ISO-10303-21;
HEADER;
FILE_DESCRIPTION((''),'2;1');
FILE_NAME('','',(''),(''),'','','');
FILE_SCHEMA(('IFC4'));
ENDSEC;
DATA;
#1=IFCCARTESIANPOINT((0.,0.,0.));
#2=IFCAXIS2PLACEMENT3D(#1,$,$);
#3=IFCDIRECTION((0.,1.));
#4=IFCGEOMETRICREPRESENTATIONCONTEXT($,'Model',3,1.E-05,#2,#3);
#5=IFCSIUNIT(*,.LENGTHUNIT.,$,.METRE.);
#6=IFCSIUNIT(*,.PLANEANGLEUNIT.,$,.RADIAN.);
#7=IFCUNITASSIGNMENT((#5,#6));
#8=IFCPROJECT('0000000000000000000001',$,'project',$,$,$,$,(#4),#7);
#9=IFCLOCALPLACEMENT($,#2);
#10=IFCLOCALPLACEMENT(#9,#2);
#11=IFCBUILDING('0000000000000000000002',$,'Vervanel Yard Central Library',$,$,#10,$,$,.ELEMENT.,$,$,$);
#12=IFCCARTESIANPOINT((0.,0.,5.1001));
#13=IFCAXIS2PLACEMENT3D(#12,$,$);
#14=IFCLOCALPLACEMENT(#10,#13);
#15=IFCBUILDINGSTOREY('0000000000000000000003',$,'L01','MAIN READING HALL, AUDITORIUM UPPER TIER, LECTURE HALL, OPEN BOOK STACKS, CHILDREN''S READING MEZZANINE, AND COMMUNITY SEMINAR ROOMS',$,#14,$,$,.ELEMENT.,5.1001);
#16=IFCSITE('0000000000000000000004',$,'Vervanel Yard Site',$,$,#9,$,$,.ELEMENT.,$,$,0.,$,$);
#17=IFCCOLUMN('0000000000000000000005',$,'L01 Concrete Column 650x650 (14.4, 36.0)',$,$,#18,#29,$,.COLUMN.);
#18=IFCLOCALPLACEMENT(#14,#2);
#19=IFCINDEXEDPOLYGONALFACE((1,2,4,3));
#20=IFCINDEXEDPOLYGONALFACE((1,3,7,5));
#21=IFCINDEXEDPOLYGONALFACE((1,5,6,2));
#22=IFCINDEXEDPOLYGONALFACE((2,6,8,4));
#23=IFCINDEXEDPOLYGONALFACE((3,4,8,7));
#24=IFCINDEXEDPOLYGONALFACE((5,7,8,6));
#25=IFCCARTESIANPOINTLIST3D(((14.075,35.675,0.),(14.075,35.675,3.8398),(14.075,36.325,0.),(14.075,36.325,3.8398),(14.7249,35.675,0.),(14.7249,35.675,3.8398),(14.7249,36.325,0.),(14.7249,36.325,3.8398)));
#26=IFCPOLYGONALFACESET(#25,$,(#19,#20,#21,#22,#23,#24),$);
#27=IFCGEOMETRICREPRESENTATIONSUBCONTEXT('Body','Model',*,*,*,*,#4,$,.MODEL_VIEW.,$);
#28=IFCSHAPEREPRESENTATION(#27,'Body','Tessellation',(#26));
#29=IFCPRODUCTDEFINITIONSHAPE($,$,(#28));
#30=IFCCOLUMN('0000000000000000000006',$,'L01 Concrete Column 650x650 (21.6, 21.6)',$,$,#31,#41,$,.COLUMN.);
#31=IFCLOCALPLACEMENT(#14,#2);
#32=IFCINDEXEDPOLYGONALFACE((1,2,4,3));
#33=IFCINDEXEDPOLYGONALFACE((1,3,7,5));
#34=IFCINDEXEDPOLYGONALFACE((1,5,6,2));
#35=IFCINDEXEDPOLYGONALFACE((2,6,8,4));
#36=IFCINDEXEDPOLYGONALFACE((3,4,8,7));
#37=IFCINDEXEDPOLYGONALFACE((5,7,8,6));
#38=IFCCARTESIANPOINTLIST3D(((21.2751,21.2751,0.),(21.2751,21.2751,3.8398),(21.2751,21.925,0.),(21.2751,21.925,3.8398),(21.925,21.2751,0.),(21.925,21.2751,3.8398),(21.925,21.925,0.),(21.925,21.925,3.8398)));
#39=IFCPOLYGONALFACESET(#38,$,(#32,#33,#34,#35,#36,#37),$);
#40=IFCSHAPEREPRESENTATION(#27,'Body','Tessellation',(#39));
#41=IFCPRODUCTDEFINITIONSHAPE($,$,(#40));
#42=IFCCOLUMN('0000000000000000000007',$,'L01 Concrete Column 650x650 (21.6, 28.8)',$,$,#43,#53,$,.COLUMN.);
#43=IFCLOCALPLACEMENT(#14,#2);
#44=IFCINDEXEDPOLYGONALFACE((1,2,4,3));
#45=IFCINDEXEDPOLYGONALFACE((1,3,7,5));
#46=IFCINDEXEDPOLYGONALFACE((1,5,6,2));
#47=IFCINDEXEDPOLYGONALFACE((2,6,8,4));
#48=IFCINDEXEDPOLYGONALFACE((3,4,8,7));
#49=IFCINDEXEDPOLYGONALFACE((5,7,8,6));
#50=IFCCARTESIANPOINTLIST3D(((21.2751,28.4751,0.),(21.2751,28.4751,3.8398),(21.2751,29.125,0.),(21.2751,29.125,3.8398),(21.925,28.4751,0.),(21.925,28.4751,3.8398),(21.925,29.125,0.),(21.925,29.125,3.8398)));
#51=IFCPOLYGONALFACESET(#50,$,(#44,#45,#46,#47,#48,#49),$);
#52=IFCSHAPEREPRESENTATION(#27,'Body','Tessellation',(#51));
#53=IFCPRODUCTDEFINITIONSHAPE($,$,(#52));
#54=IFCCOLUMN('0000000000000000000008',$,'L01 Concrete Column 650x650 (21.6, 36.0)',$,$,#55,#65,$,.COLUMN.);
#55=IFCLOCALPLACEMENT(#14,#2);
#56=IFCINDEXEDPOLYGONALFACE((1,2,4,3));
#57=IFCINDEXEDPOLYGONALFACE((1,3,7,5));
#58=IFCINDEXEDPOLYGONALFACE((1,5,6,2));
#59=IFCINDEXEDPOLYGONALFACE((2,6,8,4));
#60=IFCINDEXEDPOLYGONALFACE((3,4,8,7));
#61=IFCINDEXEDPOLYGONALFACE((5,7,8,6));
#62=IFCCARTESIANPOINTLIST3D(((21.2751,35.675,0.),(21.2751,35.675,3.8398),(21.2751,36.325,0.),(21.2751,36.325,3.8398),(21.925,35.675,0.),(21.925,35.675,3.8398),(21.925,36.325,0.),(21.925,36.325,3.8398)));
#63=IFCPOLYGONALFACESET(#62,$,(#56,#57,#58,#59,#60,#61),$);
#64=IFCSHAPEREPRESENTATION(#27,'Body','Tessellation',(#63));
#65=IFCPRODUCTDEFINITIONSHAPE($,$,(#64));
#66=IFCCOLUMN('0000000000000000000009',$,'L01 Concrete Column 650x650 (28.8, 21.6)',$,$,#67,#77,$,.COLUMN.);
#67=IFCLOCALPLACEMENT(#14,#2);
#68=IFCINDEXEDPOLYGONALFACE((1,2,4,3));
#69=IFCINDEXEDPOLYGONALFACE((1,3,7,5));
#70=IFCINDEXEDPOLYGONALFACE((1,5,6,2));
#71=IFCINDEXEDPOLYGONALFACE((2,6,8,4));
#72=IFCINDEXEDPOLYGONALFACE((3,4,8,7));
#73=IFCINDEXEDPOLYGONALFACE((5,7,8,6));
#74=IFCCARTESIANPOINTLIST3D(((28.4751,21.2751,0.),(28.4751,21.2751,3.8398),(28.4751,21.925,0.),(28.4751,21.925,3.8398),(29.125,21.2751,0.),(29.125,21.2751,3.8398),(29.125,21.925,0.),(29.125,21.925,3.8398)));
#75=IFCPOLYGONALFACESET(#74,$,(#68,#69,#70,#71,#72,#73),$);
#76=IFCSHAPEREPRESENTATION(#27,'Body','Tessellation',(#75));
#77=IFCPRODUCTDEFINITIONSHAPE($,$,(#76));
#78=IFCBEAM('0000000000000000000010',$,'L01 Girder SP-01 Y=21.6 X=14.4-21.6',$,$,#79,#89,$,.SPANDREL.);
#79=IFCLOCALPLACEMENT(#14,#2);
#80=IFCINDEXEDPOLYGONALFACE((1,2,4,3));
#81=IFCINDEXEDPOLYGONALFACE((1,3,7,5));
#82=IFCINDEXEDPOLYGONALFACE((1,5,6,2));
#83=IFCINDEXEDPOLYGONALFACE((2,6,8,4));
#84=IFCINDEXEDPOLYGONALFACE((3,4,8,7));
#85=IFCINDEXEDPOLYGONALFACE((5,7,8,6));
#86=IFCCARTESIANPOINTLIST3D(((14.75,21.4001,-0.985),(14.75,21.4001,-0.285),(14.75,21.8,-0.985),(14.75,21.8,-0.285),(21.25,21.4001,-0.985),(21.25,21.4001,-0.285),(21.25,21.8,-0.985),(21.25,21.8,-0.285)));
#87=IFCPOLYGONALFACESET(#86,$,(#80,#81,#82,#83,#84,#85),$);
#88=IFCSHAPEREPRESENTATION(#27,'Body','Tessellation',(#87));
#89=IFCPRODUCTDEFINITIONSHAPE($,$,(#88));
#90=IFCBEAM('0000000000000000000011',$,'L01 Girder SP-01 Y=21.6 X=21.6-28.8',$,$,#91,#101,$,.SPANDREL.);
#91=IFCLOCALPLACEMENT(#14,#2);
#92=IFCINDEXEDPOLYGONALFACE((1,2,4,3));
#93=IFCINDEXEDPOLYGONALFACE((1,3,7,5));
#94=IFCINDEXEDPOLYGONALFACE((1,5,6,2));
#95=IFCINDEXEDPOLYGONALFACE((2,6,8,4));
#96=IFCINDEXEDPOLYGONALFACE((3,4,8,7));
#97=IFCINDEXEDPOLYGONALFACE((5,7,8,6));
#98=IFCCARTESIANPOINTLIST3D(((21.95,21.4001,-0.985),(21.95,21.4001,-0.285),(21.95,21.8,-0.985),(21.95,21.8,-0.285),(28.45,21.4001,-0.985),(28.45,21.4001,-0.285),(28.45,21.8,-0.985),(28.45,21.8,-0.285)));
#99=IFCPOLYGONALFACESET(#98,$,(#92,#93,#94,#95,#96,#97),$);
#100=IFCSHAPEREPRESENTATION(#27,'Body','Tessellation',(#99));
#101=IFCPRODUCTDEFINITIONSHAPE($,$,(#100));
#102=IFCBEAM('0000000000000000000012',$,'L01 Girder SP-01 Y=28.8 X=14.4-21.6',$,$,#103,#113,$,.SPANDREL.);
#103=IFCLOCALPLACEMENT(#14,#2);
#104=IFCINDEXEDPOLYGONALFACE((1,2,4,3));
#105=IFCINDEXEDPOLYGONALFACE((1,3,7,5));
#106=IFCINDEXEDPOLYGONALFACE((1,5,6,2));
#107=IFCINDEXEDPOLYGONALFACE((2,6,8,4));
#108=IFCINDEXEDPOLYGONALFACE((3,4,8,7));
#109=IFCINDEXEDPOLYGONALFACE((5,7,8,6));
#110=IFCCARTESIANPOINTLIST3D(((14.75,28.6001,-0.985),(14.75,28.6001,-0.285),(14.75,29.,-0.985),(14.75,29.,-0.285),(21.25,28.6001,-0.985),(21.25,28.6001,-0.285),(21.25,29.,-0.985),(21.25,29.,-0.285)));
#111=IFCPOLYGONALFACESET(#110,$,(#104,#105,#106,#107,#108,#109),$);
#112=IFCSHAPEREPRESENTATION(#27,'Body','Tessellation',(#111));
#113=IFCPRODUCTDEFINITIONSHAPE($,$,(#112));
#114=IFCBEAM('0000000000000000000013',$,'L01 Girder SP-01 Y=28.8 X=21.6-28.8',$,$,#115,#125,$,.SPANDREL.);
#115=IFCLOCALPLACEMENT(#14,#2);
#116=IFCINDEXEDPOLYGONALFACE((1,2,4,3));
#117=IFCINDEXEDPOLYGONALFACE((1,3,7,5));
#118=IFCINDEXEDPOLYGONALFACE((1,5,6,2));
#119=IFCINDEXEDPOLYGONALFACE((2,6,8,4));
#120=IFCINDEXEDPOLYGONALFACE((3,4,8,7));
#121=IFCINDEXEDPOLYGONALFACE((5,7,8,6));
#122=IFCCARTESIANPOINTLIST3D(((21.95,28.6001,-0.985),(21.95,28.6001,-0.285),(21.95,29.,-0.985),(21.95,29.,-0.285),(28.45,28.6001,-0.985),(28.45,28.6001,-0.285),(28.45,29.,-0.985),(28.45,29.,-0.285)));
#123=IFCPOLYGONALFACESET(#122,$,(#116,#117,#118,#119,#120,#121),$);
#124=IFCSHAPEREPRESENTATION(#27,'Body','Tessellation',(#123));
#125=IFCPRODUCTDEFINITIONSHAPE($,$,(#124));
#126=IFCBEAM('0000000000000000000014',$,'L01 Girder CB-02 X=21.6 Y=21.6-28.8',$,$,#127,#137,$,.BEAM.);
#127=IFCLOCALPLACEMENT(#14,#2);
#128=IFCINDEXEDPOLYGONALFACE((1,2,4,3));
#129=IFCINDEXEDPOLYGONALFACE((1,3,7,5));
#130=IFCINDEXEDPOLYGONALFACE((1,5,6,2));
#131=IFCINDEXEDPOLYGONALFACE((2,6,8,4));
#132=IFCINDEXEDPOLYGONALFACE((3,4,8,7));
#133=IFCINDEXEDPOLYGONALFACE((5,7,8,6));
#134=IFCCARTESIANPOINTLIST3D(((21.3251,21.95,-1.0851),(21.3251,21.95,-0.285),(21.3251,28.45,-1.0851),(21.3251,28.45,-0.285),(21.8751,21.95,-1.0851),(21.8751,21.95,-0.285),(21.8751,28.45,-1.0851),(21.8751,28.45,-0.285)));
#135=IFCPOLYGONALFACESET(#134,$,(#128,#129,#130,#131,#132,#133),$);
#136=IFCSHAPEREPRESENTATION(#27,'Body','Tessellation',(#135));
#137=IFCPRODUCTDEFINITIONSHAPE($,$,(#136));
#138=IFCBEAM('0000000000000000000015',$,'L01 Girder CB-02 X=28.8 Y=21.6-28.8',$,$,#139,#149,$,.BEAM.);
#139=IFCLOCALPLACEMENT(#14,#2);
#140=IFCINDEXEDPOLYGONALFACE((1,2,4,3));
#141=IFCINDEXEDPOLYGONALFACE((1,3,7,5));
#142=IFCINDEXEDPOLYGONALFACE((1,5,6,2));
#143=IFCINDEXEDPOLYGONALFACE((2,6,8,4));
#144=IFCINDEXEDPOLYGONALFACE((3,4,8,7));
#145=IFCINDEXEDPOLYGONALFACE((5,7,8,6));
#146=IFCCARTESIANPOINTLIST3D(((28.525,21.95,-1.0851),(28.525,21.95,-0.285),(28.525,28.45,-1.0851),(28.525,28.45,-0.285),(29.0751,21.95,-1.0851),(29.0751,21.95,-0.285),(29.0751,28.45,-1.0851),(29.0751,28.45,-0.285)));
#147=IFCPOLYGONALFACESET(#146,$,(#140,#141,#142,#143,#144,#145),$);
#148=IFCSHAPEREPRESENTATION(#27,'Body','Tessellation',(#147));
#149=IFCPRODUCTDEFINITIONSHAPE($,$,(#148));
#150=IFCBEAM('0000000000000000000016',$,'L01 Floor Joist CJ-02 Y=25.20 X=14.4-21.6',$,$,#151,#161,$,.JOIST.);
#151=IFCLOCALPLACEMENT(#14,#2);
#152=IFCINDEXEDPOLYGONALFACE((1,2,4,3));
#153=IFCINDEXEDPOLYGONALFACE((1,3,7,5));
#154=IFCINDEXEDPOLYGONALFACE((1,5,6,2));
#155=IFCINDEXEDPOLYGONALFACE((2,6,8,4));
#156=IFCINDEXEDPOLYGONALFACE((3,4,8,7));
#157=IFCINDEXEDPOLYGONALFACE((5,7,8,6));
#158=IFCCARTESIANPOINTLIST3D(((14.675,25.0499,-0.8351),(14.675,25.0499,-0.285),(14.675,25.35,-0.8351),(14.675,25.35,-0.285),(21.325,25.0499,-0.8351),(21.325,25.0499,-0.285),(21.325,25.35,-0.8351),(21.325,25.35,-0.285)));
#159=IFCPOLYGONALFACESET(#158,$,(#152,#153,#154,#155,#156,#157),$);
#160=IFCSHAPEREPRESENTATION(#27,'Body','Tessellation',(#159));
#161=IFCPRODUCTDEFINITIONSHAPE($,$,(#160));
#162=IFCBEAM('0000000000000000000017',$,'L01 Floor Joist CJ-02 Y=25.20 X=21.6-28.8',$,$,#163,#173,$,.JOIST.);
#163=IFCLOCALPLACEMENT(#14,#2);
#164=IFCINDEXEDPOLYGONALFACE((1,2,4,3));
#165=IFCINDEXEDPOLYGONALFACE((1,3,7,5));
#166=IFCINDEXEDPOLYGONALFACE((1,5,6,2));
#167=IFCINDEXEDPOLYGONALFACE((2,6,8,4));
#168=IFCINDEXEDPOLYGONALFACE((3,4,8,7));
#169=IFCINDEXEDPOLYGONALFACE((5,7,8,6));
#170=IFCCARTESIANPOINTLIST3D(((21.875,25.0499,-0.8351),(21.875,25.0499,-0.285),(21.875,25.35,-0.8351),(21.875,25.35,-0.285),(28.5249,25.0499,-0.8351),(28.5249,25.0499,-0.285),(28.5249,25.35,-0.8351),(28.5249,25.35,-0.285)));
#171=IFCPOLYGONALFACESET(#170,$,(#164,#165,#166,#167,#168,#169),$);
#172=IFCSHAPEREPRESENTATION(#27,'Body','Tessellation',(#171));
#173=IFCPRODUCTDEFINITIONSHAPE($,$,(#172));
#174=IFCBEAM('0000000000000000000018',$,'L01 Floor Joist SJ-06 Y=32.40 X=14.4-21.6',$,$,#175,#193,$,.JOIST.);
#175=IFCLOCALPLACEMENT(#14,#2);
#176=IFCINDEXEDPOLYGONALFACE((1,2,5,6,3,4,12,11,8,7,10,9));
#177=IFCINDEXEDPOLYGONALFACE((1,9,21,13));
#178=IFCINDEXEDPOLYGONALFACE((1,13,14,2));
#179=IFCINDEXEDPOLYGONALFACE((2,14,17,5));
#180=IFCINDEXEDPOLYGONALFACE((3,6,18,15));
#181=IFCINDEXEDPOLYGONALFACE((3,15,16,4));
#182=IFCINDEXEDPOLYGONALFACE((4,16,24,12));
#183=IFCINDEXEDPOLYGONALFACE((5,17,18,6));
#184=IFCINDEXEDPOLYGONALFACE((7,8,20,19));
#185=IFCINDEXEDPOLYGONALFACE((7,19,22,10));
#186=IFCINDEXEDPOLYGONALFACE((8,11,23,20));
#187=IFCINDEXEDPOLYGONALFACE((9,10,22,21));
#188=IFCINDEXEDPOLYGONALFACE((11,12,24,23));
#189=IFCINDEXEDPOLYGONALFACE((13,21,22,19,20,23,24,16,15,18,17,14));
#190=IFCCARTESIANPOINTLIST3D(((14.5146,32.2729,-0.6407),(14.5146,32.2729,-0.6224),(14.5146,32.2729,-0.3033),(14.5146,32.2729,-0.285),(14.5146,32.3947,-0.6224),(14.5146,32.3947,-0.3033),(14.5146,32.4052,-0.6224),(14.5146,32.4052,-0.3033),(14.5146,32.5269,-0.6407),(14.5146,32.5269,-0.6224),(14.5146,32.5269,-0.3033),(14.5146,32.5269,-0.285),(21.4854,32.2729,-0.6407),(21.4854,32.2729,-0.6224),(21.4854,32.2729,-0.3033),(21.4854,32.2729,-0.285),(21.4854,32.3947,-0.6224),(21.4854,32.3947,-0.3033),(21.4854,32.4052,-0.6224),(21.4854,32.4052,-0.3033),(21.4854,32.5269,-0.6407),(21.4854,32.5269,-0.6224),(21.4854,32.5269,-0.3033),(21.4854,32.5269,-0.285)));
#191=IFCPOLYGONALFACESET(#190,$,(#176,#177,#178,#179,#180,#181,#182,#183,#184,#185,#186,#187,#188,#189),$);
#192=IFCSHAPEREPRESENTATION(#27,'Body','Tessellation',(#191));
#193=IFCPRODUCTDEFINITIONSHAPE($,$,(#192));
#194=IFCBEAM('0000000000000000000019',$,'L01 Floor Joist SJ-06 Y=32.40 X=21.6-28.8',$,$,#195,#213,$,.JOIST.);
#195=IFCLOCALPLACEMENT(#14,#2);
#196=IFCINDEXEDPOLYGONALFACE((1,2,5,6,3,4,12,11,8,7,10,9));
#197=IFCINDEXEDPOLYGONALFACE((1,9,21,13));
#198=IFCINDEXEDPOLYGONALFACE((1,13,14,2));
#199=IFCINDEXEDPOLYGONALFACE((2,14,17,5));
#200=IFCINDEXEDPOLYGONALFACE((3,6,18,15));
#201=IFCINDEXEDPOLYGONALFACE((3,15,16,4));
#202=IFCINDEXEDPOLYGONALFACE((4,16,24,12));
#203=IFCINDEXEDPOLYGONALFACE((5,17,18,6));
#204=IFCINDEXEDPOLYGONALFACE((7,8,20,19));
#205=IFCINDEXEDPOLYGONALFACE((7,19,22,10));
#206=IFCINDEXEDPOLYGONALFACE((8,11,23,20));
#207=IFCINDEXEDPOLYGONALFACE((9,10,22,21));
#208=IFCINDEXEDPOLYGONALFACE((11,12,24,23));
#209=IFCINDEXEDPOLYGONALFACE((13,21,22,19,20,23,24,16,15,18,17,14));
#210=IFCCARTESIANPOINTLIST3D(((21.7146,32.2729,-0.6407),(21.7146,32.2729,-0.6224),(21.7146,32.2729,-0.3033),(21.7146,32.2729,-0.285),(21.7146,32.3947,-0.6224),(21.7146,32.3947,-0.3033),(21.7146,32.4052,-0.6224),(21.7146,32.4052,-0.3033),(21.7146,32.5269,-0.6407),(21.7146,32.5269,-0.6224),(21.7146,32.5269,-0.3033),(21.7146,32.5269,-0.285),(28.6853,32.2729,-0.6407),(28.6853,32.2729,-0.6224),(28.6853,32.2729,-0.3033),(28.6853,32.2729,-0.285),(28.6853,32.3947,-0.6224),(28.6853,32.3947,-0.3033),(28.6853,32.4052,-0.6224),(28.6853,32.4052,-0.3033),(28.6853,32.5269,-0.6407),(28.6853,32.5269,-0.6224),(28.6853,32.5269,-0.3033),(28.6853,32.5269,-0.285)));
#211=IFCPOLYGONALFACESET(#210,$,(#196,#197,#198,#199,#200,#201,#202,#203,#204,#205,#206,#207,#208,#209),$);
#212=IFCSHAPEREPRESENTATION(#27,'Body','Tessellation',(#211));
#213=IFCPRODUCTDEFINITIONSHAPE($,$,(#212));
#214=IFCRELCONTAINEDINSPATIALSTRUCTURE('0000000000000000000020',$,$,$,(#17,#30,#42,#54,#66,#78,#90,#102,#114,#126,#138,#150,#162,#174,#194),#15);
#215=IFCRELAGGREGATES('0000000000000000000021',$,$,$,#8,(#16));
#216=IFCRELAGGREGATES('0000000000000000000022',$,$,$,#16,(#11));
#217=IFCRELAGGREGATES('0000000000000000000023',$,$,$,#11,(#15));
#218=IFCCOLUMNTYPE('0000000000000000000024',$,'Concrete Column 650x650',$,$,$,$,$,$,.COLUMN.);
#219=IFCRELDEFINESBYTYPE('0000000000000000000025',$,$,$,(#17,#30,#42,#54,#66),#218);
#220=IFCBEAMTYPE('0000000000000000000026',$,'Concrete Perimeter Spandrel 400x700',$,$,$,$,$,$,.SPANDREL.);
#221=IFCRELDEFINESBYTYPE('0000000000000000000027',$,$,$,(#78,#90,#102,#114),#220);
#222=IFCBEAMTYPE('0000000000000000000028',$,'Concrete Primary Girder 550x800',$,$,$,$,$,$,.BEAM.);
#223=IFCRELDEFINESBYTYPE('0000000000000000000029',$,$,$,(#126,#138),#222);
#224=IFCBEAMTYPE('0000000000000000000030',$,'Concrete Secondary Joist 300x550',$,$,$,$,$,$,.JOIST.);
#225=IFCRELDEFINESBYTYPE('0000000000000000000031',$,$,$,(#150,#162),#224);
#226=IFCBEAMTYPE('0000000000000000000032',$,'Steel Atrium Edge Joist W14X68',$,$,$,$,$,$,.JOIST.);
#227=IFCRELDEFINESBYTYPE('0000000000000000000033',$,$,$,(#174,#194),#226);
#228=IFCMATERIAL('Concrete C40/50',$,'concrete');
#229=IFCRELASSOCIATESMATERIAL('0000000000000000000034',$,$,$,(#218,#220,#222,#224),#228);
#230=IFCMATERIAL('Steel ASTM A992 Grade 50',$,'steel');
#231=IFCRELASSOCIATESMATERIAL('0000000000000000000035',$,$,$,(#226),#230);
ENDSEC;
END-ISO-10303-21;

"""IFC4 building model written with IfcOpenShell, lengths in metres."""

from ifc_helpers import new_model, si_unit, direction, frame, origin, origin_2d, place, context, subcontext, project, spatial, rectangle, i_section, extrude, material, material_profile, profile_set, type_object, element, save


model = new_model("IFC4")

# Units and contexts
model_context = context("Model", 3, precision=1e-05, world=origin(), true_north=direction((0.0, 1.0)))
body_context = subcontext(model_context, "Body", "Model", "MODEL_VIEW")
ifc_project = project(units=[si_unit("LENGTHUNIT", "METRE"), si_unit("PLANEANGLEUNIT", "RADIAN")], contexts=[model_context])

# Site, building, storey
site_placement = place(None, origin())
site = spatial("IfcSite", under=ifc_project, at=site_placement, Name="Vervanel Yard Site", CompositionType="ELEMENT", RefElevation=0.0)
building_placement = place(site_placement, origin())
building = spatial("IfcBuilding", under=site, at=building_placement, Name="Vervanel Yard Central Library", CompositionType="ELEMENT")
storey_placement = place(building_placement, frame((0.0, 0.0, 5.1001)))
storey = spatial("IfcBuildingStorey", under=building, at=storey_placement, Name="L01", Description="MAIN READING HALL, AUDITORIUM UPPER TIER, LECTURE HALL, OPEN BOOK STACKS, CHILDREN'S READING MEZZANINE, AND COMMUNITY SEMINAR ROOMS", CompositionType="ELEMENT", Elevation=5.1001)

# Columns
ifc_material_1 = material(Name="Concrete C40/50", Category="concrete")
ifc_material_profile_1 = material_profile(ifc_material_1, rectangle(XDim=0.6499, YDim=0.6499, at=origin_2d()), Name="RC 650x650", Category="concrete")
ifc_profile_set_1 = profile_set([ifc_material_profile_1], Name="Concrete C40/50")
column_type = type_object("IfcColumnType", Name="Concrete Column 650x650", PredefinedType="COLUMN", material=ifc_profile_set_1)
for number, where, z_axis, x_axis, name in (
    (1, (14.3999, 36.0, 0.0), (0.0, 0.0, 1.0), (1.0, 0.0, 0.0), "L01 Concrete Column 650x650 (14.4, 36.0)"),
    (2, (21.6001, 21.6001, 0.0), (0.0, 0.0, 1.0), (1.0, 0.0, 0.0), "L01 Concrete Column 650x650 (21.6, 21.6)"),
    (3, (21.6001, 28.8, 0.0), (0.0, 0.0, 1.0), (1.0, 0.0, 0.0), "L01 Concrete Column 650x650 (21.6, 28.8)"),
    (4, (21.6001, 36.0, 0.0), (0.0, 0.0, 1.0), (1.0, 0.0, 0.0), "L01 Concrete Column 650x650 (21.6, 36.0)"),
    (5, (28.8, 21.6001, 0.0), (0.0, 0.0, 1.0), (1.0, 0.0, 0.0), "L01 Concrete Column 650x650 (28.8, 21.6)"),
):
    element("IfcColumn", number, at=place(storey_placement, frame(where, z_axis=z_axis, x_axis=x_axis)), inside=storey, type_object=column_type, Name=name, PredefinedType="COLUMN", context=body_context, shape_type="SweptSolid", body=[
        extrude(rectangle(XDim=0.6499, YDim=0.6499, at=origin_2d()), origin(), (0.0, 0.0, 1.0), 3.8398),
    ])

# Beams
ifc_material_profile_2 = material_profile(ifc_material_1, rectangle(XDim=0.3999, YDim=0.7, at=origin_2d()), Name="RC 400x700", Category="concrete")
ifc_profile_set_2 = profile_set([ifc_material_profile_2], Name="Concrete C40/50")
beam_type_1 = type_object("IfcBeamType", Name="Concrete Perimeter Spandrel 400x700", PredefinedType="SPANDREL", material=ifc_profile_set_2)
for number, where, z_axis, x_axis, name in (
    (6, (14.75, 21.6001, -0.635), (1.0, 0.0, 0.0), (0.0, 1.0, 0.0), "L01 Girder SP-01 Y=21.6 X=14.4-21.6"),
    (7, (21.95, 21.6001, -0.635), (1.0, 0.0, 0.0), (0.0, 1.0, 0.0), "L01 Girder SP-01 Y=21.6 X=21.6-28.8"),
    (8, (14.75, 28.8, -0.635), (1.0, 0.0, 0.0), (0.0, 1.0, 0.0), "L01 Girder SP-01 Y=28.8 X=14.4-21.6"),
    (9, (21.95, 28.8, -0.635), (1.0, 0.0, 0.0), (0.0, 1.0, 0.0), "L01 Girder SP-01 Y=28.8 X=21.6-28.8"),
):
    element("IfcBeam", number, at=place(storey_placement, frame(where, z_axis=z_axis, x_axis=x_axis)), inside=storey, type_object=beam_type_1, Name=name, PredefinedType="SPANDREL", context=body_context, shape_type="SweptSolid", body=[
        extrude(rectangle(XDim=0.3999, YDim=0.7, at=origin_2d()), origin(), (0.0, 0.0, 1.0), 6.5),
    ])
ifc_material_profile_3 = material_profile(ifc_material_1, rectangle(XDim=0.55, YDim=0.8, at=origin_2d()), Name="RC 550x800", Category="concrete")
ifc_profile_set_3 = profile_set([ifc_material_profile_3], Name="Concrete C40/50")
beam_type_2 = type_object("IfcBeamType", Name="Concrete Primary Girder 550x800", PredefinedType="BEAM", material=ifc_profile_set_3)
for number, where, z_axis, x_axis, name in (
    (10, (21.6001, 21.95, -0.6851), (0.0, 1.0, 0.0), (-1.0, 0.0, 0.0), "L01 Girder CB-02 X=21.6 Y=21.6-28.8"),
    (11, (28.8, 21.95, -0.6851), (0.0, 1.0, 0.0), (-1.0, 0.0, 0.0), "L01 Girder CB-02 X=28.8 Y=21.6-28.8"),
):
    element("IfcBeam", number, at=place(storey_placement, frame(where, z_axis=z_axis, x_axis=x_axis)), inside=storey, type_object=beam_type_2, Name=name, PredefinedType="BEAM", context=body_context, shape_type="SweptSolid", body=[
        extrude(rectangle(XDim=0.55, YDim=0.8, at=origin_2d()), origin(), (0.0, 0.0, 1.0), 6.5),
    ])
ifc_material_profile_4 = material_profile(ifc_material_1, rectangle(XDim=0.3, YDim=0.55, at=origin_2d()), Name="RC 300x550", Category="concrete")
ifc_profile_set_4 = profile_set([ifc_material_profile_4], Name="Concrete C40/50")
beam_type_3 = type_object("IfcBeamType", Name="Concrete Secondary Joist 300x550", PredefinedType="JOIST", material=ifc_profile_set_4)
for number, where, z_axis, x_axis, name in (
    (12, (14.675, 25.2, -0.5601), (1.0, 0.0, 0.0), (0.0, 1.0, 0.0), "L01 Floor Joist CJ-02 Y=25.20 X=14.4-21.6"),
    (13, (21.875, 25.2, -0.5601), (1.0, 0.0, 0.0), (0.0, 1.0, 0.0), "L01 Floor Joist CJ-02 Y=25.20 X=21.6-28.8"),
):
    element("IfcBeam", number, at=place(storey_placement, frame(where, z_axis=z_axis, x_axis=x_axis)), inside=storey, type_object=beam_type_3, Name=name, PredefinedType="JOIST", context=body_context, shape_type="SweptSolid", body=[
        extrude(rectangle(XDim=0.3, YDim=0.55, at=origin_2d()), origin(), (0.0, 0.0, 1.0), 6.6499),
    ])
ifc_material_2 = material(Name="Steel ASTM A992 Grade 50", Category="steel")
ifc_material_profile_5 = material_profile(ifc_material_2, i_section(OverallWidth=0.2539, OverallDepth=0.3557, WebThickness=0.0105, FlangeThickness=0.0183, at=origin_2d()), Name="W14X68", Category="steel")
ifc_profile_set_5 = profile_set([ifc_material_profile_5], Name="Steel ASTM A992 Grade 50")
beam_type_4 = type_object("IfcBeamType", Name="Steel Atrium Edge Joist W14X68", PredefinedType="JOIST", material=ifc_profile_set_5)
for number, where, z_axis, x_axis, name in (
    (14, (14.5146, 32.3999, -0.4629), (1.0, 0.0, 0.0), (0.0, 1.0, 0.0), "L01 Floor Joist SJ-06 Y=32.40 X=14.4-21.6"),
    (15, (21.7146, 32.3999, -0.4629), (1.0, 0.0, 0.0), (0.0, 1.0, 0.0), "L01 Floor Joist SJ-06 Y=32.40 X=21.6-28.8"),
):
    element("IfcBeam", number, at=place(storey_placement, frame(where, z_axis=z_axis, x_axis=x_axis)), inside=storey, type_object=beam_type_4, Name=name, PredefinedType="JOIST", context=body_context, shape_type="SweptSolid", body=[
        extrude(i_section(OverallWidth=0.2539, OverallDepth=0.3557, WebThickness=0.0105, FlangeThickness=0.0183, at=origin_2d()), origin(), (0.0, 0.0, 1.0), 6.9707),
    ])

save(model, "model.ifc")
